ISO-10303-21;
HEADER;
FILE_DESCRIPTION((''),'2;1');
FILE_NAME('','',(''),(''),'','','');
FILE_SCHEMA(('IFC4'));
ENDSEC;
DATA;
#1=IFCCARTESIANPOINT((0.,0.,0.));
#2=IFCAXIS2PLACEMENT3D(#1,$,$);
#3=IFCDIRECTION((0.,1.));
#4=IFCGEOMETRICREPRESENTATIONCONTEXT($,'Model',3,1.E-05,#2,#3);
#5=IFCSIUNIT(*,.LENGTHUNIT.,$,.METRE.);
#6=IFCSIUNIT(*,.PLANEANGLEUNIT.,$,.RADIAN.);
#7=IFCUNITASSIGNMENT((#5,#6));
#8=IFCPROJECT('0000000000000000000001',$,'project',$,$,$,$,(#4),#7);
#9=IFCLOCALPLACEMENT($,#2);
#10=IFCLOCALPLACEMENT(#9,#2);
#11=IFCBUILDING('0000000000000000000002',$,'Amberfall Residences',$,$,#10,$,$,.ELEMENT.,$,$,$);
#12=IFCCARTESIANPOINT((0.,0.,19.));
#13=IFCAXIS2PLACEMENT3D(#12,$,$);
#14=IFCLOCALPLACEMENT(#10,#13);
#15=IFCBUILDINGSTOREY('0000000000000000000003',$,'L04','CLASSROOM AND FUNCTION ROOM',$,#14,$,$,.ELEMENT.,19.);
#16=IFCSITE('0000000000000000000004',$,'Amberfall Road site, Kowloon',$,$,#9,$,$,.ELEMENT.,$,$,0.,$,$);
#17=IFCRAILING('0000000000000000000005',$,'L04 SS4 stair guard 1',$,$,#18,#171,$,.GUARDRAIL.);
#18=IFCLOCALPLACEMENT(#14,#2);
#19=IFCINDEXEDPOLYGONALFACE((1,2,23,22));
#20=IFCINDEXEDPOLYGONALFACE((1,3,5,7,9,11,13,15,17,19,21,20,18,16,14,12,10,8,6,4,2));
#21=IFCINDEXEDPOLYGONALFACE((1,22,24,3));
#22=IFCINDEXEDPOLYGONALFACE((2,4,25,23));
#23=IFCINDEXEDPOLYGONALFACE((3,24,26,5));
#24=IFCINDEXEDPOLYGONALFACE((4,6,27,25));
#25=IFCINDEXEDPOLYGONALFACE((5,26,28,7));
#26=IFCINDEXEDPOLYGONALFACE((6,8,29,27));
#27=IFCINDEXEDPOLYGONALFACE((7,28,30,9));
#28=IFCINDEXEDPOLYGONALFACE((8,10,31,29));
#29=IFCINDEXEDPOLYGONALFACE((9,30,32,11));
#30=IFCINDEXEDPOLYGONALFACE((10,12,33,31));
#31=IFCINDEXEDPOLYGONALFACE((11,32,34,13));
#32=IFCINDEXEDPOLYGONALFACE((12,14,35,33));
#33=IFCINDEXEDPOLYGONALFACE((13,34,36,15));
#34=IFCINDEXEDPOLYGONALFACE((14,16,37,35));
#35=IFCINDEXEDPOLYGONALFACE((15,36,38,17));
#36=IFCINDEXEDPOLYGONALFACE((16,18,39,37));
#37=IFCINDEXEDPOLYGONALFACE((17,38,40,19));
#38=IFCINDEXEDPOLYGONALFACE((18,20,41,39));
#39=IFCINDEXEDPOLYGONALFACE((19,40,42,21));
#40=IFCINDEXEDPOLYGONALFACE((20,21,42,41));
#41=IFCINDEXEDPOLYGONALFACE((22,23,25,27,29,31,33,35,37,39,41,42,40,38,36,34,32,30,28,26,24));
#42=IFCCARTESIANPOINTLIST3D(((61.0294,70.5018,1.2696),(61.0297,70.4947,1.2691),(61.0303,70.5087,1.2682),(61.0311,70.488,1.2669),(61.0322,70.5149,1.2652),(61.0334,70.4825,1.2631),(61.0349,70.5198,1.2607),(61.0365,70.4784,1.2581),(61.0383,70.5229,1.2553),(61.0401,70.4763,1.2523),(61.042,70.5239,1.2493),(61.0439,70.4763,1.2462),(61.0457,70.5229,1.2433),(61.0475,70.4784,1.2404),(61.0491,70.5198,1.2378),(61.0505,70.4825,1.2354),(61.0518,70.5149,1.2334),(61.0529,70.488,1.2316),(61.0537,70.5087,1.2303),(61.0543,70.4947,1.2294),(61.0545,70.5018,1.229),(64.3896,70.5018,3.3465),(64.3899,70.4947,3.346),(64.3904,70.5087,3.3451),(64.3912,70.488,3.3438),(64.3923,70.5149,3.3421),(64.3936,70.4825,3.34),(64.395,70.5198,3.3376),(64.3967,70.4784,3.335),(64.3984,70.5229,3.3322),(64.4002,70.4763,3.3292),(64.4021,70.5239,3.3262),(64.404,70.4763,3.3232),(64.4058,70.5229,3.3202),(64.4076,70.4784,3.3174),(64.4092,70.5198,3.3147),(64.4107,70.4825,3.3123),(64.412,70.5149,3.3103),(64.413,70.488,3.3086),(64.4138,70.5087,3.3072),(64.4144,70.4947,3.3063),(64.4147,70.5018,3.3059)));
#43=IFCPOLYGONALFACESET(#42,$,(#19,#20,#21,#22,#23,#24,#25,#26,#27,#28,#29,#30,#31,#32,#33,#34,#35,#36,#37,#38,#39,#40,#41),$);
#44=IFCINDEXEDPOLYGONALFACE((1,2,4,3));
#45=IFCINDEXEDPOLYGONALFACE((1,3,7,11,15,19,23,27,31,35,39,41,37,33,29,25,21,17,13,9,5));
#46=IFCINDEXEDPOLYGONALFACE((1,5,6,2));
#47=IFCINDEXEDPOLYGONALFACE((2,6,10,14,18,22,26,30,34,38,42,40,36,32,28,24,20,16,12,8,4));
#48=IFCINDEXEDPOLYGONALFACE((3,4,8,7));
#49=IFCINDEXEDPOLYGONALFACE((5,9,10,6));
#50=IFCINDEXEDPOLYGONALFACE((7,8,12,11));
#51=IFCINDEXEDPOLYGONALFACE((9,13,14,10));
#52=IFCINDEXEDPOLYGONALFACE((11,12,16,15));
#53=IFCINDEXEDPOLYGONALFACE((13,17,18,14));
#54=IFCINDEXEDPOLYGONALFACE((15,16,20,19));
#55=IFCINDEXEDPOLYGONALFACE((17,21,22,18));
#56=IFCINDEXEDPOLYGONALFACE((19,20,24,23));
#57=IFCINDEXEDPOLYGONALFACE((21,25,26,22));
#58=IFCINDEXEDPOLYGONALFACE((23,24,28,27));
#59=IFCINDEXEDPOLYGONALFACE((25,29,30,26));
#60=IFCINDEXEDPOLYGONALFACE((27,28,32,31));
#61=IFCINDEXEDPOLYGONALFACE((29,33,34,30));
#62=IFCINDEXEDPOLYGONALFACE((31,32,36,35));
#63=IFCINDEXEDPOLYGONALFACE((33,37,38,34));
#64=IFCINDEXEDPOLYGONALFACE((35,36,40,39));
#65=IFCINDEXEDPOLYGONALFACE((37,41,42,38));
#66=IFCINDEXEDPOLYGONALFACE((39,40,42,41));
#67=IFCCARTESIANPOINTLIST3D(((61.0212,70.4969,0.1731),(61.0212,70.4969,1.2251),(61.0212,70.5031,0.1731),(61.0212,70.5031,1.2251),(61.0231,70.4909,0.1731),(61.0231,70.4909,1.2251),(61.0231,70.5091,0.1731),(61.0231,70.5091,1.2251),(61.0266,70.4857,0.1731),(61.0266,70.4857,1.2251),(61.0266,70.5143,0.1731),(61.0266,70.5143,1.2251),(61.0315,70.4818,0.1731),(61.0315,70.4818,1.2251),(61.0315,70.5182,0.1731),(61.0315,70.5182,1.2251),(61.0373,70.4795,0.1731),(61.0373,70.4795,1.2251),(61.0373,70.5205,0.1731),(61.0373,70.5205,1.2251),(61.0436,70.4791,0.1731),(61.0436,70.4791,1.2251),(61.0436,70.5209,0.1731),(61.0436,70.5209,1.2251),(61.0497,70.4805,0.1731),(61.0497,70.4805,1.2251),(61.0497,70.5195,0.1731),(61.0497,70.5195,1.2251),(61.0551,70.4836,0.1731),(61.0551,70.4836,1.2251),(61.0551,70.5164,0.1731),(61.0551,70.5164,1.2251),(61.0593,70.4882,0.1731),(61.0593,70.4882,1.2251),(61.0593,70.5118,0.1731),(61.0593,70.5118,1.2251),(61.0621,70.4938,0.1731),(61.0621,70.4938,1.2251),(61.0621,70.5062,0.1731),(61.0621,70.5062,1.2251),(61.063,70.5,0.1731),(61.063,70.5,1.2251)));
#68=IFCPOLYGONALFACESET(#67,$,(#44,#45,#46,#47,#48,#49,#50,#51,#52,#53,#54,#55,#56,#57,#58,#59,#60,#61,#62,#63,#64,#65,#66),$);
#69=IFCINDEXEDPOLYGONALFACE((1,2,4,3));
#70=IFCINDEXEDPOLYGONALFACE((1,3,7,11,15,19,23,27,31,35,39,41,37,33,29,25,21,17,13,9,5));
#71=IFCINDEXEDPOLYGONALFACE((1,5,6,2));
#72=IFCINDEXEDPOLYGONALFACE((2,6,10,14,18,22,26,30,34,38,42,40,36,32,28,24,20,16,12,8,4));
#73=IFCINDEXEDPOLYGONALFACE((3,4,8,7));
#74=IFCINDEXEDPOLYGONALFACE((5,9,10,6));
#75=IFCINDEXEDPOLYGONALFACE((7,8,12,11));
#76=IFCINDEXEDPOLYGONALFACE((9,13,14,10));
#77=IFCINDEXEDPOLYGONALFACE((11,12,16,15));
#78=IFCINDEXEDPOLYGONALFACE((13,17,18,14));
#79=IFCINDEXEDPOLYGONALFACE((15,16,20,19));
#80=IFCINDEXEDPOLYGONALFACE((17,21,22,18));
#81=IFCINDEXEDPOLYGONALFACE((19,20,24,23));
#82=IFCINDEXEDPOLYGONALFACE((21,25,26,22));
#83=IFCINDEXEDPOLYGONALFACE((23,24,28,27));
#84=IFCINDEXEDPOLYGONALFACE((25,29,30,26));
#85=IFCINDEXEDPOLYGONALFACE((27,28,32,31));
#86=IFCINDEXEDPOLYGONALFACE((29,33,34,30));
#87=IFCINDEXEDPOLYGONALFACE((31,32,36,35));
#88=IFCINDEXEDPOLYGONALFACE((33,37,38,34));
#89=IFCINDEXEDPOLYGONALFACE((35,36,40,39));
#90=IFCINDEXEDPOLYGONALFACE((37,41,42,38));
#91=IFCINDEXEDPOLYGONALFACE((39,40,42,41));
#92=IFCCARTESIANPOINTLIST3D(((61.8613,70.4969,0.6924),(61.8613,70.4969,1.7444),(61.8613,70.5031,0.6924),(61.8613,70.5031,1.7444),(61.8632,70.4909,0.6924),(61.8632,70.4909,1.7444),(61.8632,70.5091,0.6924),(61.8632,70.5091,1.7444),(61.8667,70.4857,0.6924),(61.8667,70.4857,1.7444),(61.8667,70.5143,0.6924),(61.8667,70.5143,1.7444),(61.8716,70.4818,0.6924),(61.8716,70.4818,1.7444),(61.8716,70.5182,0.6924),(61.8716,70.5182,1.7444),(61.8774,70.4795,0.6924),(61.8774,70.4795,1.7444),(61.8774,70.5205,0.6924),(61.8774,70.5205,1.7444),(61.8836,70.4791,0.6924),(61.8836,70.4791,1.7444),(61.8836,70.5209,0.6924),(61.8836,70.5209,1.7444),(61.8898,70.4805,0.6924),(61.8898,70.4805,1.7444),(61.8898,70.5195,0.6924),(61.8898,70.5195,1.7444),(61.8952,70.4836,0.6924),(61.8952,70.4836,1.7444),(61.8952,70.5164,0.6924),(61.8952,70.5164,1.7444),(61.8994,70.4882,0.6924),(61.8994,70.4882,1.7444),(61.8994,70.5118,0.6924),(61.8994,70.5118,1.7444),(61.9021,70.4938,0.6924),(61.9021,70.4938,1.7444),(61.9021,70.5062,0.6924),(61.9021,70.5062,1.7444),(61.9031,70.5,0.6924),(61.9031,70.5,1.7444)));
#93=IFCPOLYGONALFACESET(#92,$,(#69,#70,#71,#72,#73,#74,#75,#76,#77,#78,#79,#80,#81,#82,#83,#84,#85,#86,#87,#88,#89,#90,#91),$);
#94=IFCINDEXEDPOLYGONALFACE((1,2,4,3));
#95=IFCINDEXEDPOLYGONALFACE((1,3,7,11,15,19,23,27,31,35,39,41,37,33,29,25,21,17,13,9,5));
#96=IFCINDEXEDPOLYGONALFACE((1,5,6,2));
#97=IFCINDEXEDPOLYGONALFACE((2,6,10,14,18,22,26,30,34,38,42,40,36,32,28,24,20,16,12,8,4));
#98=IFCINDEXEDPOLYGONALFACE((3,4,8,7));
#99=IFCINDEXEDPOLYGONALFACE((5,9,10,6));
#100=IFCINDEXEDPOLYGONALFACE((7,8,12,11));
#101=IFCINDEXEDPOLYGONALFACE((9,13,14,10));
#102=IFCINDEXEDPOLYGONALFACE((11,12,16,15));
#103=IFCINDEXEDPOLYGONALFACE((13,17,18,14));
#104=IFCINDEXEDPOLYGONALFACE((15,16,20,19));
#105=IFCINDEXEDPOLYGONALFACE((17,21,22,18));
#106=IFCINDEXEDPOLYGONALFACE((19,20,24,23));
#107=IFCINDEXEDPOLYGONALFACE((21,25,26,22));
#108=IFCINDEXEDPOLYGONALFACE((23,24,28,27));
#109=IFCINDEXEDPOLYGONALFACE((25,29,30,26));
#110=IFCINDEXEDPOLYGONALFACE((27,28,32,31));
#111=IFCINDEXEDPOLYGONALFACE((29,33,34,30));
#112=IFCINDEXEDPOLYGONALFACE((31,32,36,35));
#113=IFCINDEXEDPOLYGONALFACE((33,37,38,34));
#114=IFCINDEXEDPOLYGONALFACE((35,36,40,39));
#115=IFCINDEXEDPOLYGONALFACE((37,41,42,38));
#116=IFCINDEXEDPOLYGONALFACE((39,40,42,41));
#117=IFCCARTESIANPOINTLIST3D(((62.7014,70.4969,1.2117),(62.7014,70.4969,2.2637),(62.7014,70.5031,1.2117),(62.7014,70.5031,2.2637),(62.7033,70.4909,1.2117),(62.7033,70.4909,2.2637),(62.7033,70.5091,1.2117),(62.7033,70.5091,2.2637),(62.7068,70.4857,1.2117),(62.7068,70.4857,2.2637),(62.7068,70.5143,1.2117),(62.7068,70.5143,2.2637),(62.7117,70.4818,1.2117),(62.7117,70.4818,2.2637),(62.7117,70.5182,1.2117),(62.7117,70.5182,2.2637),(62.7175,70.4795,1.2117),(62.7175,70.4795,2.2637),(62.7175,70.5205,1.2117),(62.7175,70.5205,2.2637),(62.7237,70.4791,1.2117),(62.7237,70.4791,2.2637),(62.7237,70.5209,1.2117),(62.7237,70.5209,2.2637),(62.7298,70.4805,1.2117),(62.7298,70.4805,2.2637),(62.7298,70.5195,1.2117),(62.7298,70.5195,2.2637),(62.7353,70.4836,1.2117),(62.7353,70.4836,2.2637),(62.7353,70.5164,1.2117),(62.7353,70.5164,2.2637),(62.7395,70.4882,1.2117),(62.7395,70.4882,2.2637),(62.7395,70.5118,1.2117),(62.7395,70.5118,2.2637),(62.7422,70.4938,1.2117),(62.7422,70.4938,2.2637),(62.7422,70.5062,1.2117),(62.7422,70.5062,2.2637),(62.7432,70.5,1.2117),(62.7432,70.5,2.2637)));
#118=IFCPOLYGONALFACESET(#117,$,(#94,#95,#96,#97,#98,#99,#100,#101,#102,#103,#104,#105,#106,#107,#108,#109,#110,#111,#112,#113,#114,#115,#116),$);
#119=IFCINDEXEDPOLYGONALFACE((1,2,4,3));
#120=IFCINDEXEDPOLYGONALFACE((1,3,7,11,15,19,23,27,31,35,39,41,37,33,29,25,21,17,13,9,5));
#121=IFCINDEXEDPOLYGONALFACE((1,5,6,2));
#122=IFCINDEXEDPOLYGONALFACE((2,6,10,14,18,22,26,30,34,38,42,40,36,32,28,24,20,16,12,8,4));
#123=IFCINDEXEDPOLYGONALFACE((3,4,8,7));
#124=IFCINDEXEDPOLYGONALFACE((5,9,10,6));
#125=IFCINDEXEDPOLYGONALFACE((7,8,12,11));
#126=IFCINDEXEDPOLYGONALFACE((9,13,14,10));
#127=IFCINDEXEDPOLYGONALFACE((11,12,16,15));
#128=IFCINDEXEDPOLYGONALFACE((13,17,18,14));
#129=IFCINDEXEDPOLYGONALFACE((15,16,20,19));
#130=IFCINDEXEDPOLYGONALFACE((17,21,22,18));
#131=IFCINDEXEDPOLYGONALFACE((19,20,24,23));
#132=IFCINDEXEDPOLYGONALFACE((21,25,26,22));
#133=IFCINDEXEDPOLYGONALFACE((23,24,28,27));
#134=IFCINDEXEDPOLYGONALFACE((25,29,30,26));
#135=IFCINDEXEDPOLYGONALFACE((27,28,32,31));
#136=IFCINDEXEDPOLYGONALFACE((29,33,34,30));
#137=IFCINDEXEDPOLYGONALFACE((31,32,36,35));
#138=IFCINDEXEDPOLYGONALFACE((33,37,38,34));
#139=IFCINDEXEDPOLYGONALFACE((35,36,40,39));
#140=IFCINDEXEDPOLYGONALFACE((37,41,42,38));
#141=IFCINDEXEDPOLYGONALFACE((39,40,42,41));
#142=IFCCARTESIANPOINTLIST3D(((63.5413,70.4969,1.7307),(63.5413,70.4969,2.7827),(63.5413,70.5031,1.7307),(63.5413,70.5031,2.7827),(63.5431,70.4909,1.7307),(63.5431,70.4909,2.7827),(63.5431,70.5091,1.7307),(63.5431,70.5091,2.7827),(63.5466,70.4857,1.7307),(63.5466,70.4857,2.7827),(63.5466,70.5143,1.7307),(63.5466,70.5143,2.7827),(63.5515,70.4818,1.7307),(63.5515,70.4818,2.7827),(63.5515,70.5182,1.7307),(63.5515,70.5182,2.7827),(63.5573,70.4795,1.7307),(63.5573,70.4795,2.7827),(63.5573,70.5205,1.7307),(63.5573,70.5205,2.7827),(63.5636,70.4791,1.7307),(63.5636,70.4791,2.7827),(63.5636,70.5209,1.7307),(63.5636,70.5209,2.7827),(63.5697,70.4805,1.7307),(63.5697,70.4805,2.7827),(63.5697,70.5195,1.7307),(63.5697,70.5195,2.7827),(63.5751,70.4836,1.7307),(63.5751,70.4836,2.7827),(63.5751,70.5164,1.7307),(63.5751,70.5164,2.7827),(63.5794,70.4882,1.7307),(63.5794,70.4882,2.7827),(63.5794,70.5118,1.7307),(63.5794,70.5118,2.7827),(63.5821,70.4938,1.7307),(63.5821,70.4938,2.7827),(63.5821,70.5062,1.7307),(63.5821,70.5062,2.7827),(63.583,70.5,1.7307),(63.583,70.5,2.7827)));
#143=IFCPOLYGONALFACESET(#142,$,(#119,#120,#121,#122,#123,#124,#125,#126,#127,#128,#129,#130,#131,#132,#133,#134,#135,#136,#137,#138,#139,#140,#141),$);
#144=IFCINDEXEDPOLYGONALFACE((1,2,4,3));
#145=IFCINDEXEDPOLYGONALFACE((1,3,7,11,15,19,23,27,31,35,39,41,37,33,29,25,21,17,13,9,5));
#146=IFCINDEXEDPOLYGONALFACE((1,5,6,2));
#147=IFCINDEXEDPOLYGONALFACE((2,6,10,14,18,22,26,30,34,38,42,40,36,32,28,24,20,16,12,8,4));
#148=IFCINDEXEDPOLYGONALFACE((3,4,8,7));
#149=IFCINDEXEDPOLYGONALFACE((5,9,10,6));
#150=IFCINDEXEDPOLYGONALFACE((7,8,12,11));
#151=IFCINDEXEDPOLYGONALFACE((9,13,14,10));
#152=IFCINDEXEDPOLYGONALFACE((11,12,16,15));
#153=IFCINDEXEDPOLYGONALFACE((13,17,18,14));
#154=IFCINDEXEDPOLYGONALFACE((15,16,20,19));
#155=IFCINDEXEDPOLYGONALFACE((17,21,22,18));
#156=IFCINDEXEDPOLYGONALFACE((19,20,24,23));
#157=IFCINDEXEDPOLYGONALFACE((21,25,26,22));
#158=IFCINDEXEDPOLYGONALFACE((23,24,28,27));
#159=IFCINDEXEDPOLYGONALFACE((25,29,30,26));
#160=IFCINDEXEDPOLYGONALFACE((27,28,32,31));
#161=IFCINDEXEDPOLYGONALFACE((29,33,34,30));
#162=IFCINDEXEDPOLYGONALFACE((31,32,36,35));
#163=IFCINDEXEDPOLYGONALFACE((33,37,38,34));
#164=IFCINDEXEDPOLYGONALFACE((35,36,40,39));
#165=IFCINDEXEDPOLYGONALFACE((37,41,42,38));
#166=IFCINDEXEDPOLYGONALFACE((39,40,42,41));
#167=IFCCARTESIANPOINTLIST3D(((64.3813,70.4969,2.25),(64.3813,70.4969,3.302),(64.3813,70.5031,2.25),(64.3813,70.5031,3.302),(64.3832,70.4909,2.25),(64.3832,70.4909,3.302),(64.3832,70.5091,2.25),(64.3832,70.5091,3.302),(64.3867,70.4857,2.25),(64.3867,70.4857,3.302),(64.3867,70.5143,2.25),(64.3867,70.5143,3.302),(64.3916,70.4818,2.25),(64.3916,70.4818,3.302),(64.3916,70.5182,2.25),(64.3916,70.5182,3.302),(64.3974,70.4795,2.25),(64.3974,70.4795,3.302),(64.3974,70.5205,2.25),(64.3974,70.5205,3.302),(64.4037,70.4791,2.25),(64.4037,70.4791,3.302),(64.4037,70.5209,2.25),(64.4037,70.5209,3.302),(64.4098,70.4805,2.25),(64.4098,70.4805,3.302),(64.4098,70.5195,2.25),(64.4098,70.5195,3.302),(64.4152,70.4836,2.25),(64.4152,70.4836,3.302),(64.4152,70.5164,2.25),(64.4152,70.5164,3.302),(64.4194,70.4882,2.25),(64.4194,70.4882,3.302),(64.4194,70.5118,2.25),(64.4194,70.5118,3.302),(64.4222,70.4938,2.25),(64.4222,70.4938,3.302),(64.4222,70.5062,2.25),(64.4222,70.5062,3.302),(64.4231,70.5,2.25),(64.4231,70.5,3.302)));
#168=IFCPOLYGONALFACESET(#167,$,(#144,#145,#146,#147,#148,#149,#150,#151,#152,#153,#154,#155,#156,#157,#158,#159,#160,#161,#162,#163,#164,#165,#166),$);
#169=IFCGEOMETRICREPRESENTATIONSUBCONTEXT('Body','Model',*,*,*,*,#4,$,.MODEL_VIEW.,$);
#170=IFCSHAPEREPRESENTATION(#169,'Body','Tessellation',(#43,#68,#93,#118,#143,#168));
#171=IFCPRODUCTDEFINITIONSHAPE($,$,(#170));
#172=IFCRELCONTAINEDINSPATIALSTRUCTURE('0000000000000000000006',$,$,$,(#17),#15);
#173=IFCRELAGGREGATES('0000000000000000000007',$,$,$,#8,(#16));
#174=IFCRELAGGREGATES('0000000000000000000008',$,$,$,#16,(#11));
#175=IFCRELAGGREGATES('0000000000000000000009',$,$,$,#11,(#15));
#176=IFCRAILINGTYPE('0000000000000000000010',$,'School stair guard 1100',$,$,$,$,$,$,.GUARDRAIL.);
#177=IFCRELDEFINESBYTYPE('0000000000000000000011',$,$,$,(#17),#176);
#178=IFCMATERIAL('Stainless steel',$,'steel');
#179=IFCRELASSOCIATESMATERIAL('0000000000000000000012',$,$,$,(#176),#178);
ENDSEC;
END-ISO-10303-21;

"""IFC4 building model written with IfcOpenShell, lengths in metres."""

from ifc_helpers import new_model, si_unit, direction, frame, origin, origin_2d, place, context, subcontext, project, spatial, circle, extrude, material, type_object, element, save


model = new_model("IFC4")

# Units and contexts
model_context = context("Model", 3, precision=1e-05, world=origin(), true_north=direction((0.0, 1.0)))
body_context = subcontext(model_context, "Body", "Model", "MODEL_VIEW")
ifc_project = project(units=[si_unit("LENGTHUNIT", "METRE"), si_unit("PLANEANGLEUNIT", "RADIAN")], contexts=[model_context])

# Site, building, storey
site_placement = place(None, origin())
site = spatial("IfcSite", under=ifc_project, at=site_placement, Name="Amberfall Road site, Kowloon", CompositionType="ELEMENT", RefElevation=0.0)
building_placement = place(site_placement, origin())
building = spatial("IfcBuilding", under=site, at=building_placement, Name="Amberfall Residences", CompositionType="ELEMENT")
storey_placement = place(building_placement, frame((0.0, 0.0, 19.0)))
storey = spatial("IfcBuildingStorey", under=building, at=storey_placement, Name="L04", Description="CLASSROOM AND FUNCTION ROOM", CompositionType="ELEMENT", Elevation=19.0)

# Railing
ifc_material_1 = material(Name="Stainless steel", Category="steel")
railing_type_1 = type_object("IfcRailingType", Name="School stair guard 1100", PredefinedType="GUARDRAIL", material=ifc_material_1)
railing_1_placement = place(storey_placement, frame((61.042, 70.5, 0.1731)))
element("IfcRailing", 1, at=railing_1_placement, inside=storey, type_object=railing_type_1, Name="L04 SS4 stair guard 1", PredefinedType="GUARDRAIL", context=body_context, shape_type="SweptSolid", body=[
    extrude(circle(Radius=0.0239, at=origin_2d()), frame((0.0, 0.0, 1.0762), z_axis=(0.850623, 0.0, 0.525776), x_axis=(0.0, 1.0, 0.0)), (0.0, 0.0, 1.0), 3.9502),
    extrude(circle(Radius=0.021, at=origin_2d()), origin(), (0.0, 0.0, 1.0), 1.052),
    extrude(circle(Radius=0.021, at=origin_2d()), frame((0.8401, 0.0, 0.5193)), (0.0, 0.0, 1.0), 1.052),
    extrude(circle(Radius=0.021, at=origin_2d()), frame((1.6802, 0.0, 1.0386)), (0.0, 0.0, 1.0), 1.052),
    extrude(circle(Radius=0.021, at=origin_2d()), frame((2.52, 0.0, 1.5576)), (0.0, 0.0, 1.0), 1.052),
    extrude(circle(Radius=0.021, at=origin_2d()), frame((3.3601, 0.0, 2.0769)), (0.0, 0.0, 1.0), 1.052),
])

save(model, "model.ifc")
